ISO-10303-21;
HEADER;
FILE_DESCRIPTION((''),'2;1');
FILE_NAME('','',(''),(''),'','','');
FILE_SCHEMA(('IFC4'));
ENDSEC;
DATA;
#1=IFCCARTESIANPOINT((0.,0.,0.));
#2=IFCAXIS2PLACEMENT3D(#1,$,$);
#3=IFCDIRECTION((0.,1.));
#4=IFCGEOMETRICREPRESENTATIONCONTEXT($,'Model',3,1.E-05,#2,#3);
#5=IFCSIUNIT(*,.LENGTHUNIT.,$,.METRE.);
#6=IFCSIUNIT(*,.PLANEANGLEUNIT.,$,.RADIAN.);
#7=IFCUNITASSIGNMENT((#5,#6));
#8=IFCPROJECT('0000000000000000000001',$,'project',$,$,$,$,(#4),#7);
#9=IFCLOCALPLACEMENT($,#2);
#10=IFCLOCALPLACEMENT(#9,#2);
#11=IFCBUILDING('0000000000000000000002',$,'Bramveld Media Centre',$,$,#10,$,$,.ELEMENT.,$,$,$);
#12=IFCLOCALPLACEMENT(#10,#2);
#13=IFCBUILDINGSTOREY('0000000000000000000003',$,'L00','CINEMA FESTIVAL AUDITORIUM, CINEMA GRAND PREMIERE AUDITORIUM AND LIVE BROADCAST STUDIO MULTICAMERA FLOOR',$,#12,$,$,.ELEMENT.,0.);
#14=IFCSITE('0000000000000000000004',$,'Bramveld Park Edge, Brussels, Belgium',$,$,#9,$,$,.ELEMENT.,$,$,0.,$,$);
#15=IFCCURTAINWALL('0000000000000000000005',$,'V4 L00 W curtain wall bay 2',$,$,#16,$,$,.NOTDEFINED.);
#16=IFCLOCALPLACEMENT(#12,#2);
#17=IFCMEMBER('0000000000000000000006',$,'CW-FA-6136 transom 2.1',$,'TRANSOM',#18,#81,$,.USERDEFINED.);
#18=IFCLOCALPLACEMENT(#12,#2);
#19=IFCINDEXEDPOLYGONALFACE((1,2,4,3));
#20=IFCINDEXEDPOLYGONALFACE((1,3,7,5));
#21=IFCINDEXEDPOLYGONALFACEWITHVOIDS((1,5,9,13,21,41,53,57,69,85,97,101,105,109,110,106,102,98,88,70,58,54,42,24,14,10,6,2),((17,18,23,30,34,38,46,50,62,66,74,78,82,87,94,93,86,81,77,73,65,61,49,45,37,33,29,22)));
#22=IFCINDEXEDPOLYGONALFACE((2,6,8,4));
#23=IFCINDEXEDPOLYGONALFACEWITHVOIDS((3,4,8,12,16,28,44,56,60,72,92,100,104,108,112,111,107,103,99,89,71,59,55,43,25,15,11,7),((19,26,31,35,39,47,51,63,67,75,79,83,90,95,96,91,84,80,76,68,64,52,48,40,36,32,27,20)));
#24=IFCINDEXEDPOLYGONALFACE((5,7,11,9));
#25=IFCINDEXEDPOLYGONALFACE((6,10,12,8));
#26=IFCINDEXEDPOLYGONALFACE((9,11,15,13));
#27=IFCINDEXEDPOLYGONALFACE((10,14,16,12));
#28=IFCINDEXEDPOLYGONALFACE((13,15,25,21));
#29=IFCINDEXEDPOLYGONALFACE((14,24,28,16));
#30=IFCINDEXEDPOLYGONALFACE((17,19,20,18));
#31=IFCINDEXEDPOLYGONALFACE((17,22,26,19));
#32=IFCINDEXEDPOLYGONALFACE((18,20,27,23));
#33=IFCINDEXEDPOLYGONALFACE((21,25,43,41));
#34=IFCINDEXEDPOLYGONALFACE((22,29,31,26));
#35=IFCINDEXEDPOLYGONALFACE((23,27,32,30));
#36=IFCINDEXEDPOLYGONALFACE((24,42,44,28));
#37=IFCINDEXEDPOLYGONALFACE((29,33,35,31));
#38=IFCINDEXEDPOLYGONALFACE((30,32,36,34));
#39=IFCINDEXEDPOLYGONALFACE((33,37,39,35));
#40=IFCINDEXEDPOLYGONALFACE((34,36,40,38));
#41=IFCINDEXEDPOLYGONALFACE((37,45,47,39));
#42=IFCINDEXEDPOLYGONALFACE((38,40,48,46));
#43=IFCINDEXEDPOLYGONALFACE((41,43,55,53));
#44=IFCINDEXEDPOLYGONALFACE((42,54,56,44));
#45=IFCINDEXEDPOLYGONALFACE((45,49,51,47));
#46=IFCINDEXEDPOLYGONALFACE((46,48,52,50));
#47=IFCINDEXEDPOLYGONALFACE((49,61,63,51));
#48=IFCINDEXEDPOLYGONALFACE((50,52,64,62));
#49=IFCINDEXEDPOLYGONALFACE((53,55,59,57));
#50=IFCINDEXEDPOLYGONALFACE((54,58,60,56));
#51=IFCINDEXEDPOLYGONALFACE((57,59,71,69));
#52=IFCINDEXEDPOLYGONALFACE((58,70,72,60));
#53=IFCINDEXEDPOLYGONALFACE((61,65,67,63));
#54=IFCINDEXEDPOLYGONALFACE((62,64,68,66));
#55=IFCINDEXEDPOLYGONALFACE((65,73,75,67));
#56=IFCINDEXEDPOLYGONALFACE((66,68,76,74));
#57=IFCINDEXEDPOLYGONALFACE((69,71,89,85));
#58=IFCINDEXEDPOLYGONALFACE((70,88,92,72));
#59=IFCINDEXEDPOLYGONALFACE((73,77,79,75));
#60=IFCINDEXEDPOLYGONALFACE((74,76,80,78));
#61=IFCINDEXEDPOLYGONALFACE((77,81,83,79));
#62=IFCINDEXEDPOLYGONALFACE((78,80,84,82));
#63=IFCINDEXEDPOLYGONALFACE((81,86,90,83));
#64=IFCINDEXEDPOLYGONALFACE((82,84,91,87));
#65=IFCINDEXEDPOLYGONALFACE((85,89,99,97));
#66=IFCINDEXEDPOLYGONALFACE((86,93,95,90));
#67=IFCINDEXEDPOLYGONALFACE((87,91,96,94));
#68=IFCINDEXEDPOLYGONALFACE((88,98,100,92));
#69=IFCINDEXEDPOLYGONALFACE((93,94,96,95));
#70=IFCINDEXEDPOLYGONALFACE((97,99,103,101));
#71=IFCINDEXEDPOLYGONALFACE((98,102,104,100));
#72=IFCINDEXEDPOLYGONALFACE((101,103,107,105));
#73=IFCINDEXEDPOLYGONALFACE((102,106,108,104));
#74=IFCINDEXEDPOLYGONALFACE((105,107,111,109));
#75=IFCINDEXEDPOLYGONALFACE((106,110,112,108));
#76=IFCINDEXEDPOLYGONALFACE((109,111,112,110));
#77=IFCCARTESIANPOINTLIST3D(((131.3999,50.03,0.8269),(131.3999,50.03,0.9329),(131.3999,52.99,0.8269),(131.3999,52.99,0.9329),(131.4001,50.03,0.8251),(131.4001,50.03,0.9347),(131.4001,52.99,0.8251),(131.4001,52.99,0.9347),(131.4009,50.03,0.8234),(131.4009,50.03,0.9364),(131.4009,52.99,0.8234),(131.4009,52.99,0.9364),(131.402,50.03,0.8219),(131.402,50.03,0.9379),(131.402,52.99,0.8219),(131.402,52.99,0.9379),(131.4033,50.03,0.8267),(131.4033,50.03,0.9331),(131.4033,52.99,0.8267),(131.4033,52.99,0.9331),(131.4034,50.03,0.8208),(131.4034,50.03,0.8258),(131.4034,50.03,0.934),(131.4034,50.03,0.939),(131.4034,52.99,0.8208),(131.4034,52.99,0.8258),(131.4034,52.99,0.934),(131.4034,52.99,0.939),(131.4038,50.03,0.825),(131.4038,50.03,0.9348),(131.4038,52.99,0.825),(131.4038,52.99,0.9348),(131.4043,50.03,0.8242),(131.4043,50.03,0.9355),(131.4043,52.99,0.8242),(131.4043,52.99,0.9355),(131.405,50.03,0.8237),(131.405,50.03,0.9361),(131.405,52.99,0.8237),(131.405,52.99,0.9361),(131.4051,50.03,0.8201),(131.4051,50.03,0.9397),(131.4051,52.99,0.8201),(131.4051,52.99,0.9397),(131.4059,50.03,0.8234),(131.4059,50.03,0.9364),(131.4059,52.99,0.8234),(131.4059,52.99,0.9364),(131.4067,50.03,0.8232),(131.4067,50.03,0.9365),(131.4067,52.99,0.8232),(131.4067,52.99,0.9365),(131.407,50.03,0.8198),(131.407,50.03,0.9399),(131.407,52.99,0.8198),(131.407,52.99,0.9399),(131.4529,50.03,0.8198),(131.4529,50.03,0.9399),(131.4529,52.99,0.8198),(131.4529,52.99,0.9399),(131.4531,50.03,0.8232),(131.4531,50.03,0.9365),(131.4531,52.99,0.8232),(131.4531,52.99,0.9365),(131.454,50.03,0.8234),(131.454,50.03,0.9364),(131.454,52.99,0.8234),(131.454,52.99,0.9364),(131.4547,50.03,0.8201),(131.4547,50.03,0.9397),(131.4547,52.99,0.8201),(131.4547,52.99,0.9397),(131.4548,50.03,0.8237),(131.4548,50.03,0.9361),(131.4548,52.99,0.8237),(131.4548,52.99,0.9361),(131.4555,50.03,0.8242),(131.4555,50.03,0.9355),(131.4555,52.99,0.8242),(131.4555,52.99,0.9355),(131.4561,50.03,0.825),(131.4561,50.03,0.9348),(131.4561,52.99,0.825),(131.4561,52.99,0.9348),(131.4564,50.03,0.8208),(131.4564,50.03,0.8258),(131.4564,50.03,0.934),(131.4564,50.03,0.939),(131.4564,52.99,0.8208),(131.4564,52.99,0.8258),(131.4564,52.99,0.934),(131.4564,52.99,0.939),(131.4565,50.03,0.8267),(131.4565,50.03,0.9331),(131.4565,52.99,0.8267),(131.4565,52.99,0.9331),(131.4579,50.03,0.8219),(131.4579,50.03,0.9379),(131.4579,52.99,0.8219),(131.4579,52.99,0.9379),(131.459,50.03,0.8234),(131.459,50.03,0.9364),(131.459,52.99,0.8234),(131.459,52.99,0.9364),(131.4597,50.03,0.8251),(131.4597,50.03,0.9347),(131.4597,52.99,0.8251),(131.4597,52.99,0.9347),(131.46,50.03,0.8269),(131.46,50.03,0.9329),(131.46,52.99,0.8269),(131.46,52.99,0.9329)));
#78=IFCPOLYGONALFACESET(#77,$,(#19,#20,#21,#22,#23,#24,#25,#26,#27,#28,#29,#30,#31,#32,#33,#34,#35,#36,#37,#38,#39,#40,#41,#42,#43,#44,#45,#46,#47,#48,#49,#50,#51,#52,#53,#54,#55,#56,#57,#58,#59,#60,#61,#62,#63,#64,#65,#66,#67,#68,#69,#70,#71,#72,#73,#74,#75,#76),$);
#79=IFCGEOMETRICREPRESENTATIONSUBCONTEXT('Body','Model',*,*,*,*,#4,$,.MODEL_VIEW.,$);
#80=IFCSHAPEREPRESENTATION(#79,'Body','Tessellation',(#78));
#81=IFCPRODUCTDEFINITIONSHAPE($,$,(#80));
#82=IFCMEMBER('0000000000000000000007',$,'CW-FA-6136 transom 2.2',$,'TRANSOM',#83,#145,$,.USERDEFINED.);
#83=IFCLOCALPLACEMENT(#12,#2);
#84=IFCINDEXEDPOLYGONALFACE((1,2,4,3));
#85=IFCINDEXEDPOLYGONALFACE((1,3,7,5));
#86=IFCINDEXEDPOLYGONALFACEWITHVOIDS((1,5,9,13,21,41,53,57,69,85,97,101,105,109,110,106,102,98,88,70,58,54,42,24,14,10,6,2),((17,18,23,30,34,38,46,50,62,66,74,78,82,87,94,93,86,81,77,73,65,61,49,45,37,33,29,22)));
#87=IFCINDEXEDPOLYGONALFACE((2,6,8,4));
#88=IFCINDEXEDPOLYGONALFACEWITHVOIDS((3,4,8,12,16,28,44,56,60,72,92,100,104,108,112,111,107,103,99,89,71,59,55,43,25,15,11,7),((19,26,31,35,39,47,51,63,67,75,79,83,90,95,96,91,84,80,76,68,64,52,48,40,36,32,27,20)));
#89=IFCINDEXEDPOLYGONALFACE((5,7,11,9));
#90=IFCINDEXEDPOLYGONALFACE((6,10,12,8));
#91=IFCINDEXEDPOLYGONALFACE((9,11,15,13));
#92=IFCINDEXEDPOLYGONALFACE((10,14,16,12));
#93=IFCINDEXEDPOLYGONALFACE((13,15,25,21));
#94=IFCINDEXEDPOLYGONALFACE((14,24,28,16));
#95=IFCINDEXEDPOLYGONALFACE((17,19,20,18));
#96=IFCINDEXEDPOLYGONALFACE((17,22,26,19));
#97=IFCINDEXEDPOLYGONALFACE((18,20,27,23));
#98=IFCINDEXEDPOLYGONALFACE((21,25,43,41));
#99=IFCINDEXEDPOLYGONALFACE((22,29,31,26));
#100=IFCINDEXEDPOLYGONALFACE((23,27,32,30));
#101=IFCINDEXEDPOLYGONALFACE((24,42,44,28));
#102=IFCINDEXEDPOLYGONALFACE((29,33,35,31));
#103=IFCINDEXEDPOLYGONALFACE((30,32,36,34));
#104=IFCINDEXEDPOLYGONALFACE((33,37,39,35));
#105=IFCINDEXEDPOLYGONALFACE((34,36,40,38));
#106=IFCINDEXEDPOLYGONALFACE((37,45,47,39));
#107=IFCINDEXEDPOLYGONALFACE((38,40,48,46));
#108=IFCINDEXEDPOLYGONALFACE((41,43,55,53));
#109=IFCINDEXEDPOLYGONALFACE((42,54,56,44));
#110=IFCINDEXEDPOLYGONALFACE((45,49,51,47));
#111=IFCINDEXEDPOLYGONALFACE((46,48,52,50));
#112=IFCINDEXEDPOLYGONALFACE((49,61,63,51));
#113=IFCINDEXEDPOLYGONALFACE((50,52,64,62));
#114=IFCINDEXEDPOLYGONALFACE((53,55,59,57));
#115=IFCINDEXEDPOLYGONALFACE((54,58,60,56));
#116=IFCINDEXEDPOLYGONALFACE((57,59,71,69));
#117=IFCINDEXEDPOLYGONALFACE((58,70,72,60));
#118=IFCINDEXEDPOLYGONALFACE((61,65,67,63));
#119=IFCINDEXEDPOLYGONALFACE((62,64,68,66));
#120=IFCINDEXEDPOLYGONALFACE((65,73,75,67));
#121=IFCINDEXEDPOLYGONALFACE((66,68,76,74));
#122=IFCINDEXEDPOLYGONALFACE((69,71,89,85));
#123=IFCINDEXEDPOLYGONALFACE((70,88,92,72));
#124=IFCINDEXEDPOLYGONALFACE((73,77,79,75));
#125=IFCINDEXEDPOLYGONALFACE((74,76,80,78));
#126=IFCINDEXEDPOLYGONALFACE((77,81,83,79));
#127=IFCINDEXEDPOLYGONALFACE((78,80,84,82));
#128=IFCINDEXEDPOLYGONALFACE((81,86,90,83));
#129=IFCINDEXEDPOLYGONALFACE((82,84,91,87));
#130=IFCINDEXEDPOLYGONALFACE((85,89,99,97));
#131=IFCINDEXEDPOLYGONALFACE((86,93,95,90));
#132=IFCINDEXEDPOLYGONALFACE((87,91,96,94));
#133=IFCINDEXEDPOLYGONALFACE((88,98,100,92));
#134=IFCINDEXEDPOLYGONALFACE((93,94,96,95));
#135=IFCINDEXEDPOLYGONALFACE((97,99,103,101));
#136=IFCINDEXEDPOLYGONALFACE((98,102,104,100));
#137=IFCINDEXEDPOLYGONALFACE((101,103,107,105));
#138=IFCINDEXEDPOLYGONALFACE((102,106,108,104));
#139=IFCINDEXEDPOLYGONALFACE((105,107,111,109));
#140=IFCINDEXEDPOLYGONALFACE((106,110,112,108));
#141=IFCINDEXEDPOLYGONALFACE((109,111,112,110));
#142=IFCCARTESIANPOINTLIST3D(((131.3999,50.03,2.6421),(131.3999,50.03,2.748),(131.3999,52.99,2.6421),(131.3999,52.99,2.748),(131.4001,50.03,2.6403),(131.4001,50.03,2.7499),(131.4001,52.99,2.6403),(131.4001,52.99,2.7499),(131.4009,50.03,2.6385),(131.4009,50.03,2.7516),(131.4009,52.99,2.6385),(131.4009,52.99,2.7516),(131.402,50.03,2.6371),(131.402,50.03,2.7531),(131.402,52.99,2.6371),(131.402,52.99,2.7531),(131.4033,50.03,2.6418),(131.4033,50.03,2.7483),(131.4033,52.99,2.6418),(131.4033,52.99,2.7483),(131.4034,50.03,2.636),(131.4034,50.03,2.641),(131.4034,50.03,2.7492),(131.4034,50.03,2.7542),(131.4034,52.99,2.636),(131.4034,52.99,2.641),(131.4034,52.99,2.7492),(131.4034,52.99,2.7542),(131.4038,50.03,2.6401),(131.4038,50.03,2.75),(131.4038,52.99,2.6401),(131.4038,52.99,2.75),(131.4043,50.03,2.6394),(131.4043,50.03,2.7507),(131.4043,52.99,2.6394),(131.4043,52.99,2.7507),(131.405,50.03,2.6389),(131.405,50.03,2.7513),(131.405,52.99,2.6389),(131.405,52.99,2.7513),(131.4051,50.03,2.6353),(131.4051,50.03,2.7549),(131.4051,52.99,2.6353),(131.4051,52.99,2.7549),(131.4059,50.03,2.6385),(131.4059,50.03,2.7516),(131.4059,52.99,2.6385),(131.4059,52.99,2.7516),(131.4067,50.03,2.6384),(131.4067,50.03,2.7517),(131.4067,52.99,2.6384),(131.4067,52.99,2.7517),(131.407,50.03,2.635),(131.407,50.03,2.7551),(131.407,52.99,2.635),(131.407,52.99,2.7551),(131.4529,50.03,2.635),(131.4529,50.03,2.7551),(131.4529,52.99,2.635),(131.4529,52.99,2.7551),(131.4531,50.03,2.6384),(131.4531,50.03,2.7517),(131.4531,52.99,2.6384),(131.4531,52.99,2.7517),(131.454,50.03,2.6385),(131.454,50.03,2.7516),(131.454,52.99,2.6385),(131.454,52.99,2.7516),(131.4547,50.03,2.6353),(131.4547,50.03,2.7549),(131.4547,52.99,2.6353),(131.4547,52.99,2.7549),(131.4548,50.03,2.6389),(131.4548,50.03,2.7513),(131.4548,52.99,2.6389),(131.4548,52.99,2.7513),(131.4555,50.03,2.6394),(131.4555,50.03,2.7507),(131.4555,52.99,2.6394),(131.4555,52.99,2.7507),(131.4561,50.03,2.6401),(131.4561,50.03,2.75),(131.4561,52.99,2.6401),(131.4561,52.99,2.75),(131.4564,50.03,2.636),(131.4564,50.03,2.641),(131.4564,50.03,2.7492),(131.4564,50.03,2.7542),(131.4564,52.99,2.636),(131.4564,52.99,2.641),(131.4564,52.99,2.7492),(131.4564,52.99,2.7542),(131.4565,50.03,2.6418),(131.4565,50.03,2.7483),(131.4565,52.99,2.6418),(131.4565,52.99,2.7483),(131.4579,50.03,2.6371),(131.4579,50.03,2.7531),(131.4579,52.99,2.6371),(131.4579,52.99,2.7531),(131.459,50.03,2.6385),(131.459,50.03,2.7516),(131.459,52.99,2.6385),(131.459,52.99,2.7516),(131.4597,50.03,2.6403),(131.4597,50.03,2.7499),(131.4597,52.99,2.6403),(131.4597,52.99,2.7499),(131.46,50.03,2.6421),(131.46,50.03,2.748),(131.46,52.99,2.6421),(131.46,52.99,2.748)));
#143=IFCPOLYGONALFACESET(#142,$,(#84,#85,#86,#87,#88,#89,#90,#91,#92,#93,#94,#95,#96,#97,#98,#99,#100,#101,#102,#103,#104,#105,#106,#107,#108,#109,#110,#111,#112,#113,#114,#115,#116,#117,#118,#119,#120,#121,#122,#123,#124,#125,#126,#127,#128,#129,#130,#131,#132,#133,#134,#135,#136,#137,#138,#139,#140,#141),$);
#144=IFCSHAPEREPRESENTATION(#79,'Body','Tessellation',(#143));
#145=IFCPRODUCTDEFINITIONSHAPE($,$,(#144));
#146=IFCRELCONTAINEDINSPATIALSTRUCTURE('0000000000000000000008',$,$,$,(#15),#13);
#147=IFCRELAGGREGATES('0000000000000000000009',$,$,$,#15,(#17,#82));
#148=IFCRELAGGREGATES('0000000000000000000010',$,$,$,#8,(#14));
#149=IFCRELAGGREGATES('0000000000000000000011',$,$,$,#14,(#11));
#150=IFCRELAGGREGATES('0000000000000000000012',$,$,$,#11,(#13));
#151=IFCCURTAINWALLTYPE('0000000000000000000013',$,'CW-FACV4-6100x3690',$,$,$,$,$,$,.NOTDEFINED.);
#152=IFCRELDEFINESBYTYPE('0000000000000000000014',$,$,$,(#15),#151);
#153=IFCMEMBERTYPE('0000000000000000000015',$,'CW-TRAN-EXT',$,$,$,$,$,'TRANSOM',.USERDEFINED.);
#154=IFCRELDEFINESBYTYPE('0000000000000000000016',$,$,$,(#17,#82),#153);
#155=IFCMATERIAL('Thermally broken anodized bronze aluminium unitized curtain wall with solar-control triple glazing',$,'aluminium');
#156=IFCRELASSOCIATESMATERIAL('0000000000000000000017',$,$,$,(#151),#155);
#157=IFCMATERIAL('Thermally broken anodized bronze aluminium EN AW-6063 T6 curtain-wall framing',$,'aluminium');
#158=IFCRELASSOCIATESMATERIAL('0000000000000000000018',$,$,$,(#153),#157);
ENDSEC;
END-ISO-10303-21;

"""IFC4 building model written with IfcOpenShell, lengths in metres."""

from ifc_helpers import new_model, si_unit, direction, frame, origin, origin_2d, place, context, subcontext, project, spatial, hollow_rectangle, extrude, material, material_profile, profile_set, type_object, element, aggregate, save


model = new_model("IFC4")

# Units and contexts
model_context = context("Model", 3, precision=1e-05, world=origin(), true_north=direction((0.0, 1.0)))
body_context = subcontext(model_context, "Body", "Model", "MODEL_VIEW")
ifc_project = project(units=[si_unit("LENGTHUNIT", "METRE"), si_unit("PLANEANGLEUNIT", "RADIAN")], contexts=[model_context])

# Site, building, storey
site_placement = place(None, origin())
site = spatial("IfcSite", under=ifc_project, at=site_placement, Name="Bramveld Park Edge, Brussels, Belgium", CompositionType="ELEMENT", RefElevation=0.0)
building_placement = place(site_placement, origin())
building = spatial("IfcBuilding", under=site, at=building_placement, Name="Bramveld Media Centre", CompositionType="ELEMENT")
storey_placement = place(building_placement, origin())
storey = spatial("IfcBuildingStorey", under=building, at=storey_placement, Name="L00", Description="CINEMA FESTIVAL AUDITORIUM, CINEMA GRAND PREMIERE AUDITORIUM AND LIVE BROADCAST STUDIO MULTICAMERA FLOOR", CompositionType="ELEMENT", Elevation=0.0)

# Curtain wall, members
ifc_material_1 = material(Name="Thermally broken anodized bronze aluminium unitized curtain wall with solar-control triple glazing", Category="aluminium")
curtain_wall_type = type_object("IfcCurtainWallType", Name="CW-FACV4-6100x3690", PredefinedType="NOTDEFINED", material=ifc_material_1)
curtain_wall_placement = place(storey_placement, origin())
curtain_wall = element("IfcCurtainWall", 1, at=curtain_wall_placement, inside=storey, type_object=curtain_wall_type, Name="V4 L00 W curtain wall bay 2", PredefinedType="NOTDEFINED")
ifc_material_2 = material(Name="Thermally broken anodized bronze aluminium EN AW-6063 T6 curtain-wall framing", Category="aluminium")
ifc_material_profile_1 = material_profile(ifc_material_2, hollow_rectangle(XDim=0.0601, YDim=0.1201, WallThickness=0.0034, InnerFilletRadius=0.0034, OuterFilletRadius=0.0071, at=origin_2d()), Name="AL-TRAN 60x120")
ifc_profile_set_1 = profile_set([ifc_material_profile_1], Name="Thermally broken anodized bronze aluminium EN AW-6063 T6 curtain-wall framing")
member_type_1 = type_object("IfcMemberType", Name="CW-TRAN-EXT", ElementType="TRANSOM", PredefinedType="USERDEFINED", material=ifc_profile_set_1)
member_1_placement = place(storey_placement, frame((131.4299, 50.03, 0.8799), z_axis=(0.0, 1.0, 0.0), x_axis=(-1.0, 0.0, 0.0)))
member_1 = element("IfcMember", 2, at=member_1_placement, type_object=member_type_1, Name="CW-FA-6136 transom 2.1", ObjectType="TRANSOM", PredefinedType="USERDEFINED", context=body_context, shape_type="SweptSolid", body=[
    extrude(hollow_rectangle(XDim=0.0601, YDim=0.1201, WallThickness=0.0034, InnerFilletRadius=0.0034, OuterFilletRadius=0.0071, at=origin_2d()), origin(), (0.0, 0.0, 1.0), 2.96),
])
member_2_placement = place(storey_placement, frame((131.4299, 50.03, 2.6951), z_axis=(0.0, 1.0, 0.0), x_axis=(-1.0, 0.0, 0.0)))
member_2 = element("IfcMember", 3, at=member_2_placement, type_object=member_type_1, Name="CW-FA-6136 transom 2.2", ObjectType="TRANSOM", PredefinedType="USERDEFINED", context=body_context, shape_type="SweptSolid", body=[
    extrude(hollow_rectangle(XDim=0.0601, YDim=0.1201, WallThickness=0.0034, InnerFilletRadius=0.0034, OuterFilletRadius=0.0071, at=origin_2d()), origin(), (0.0, 0.0, 1.0), 2.96),
])

aggregate(curtain_wall, [member_1, member_2])

save(model, "model.ifc")
